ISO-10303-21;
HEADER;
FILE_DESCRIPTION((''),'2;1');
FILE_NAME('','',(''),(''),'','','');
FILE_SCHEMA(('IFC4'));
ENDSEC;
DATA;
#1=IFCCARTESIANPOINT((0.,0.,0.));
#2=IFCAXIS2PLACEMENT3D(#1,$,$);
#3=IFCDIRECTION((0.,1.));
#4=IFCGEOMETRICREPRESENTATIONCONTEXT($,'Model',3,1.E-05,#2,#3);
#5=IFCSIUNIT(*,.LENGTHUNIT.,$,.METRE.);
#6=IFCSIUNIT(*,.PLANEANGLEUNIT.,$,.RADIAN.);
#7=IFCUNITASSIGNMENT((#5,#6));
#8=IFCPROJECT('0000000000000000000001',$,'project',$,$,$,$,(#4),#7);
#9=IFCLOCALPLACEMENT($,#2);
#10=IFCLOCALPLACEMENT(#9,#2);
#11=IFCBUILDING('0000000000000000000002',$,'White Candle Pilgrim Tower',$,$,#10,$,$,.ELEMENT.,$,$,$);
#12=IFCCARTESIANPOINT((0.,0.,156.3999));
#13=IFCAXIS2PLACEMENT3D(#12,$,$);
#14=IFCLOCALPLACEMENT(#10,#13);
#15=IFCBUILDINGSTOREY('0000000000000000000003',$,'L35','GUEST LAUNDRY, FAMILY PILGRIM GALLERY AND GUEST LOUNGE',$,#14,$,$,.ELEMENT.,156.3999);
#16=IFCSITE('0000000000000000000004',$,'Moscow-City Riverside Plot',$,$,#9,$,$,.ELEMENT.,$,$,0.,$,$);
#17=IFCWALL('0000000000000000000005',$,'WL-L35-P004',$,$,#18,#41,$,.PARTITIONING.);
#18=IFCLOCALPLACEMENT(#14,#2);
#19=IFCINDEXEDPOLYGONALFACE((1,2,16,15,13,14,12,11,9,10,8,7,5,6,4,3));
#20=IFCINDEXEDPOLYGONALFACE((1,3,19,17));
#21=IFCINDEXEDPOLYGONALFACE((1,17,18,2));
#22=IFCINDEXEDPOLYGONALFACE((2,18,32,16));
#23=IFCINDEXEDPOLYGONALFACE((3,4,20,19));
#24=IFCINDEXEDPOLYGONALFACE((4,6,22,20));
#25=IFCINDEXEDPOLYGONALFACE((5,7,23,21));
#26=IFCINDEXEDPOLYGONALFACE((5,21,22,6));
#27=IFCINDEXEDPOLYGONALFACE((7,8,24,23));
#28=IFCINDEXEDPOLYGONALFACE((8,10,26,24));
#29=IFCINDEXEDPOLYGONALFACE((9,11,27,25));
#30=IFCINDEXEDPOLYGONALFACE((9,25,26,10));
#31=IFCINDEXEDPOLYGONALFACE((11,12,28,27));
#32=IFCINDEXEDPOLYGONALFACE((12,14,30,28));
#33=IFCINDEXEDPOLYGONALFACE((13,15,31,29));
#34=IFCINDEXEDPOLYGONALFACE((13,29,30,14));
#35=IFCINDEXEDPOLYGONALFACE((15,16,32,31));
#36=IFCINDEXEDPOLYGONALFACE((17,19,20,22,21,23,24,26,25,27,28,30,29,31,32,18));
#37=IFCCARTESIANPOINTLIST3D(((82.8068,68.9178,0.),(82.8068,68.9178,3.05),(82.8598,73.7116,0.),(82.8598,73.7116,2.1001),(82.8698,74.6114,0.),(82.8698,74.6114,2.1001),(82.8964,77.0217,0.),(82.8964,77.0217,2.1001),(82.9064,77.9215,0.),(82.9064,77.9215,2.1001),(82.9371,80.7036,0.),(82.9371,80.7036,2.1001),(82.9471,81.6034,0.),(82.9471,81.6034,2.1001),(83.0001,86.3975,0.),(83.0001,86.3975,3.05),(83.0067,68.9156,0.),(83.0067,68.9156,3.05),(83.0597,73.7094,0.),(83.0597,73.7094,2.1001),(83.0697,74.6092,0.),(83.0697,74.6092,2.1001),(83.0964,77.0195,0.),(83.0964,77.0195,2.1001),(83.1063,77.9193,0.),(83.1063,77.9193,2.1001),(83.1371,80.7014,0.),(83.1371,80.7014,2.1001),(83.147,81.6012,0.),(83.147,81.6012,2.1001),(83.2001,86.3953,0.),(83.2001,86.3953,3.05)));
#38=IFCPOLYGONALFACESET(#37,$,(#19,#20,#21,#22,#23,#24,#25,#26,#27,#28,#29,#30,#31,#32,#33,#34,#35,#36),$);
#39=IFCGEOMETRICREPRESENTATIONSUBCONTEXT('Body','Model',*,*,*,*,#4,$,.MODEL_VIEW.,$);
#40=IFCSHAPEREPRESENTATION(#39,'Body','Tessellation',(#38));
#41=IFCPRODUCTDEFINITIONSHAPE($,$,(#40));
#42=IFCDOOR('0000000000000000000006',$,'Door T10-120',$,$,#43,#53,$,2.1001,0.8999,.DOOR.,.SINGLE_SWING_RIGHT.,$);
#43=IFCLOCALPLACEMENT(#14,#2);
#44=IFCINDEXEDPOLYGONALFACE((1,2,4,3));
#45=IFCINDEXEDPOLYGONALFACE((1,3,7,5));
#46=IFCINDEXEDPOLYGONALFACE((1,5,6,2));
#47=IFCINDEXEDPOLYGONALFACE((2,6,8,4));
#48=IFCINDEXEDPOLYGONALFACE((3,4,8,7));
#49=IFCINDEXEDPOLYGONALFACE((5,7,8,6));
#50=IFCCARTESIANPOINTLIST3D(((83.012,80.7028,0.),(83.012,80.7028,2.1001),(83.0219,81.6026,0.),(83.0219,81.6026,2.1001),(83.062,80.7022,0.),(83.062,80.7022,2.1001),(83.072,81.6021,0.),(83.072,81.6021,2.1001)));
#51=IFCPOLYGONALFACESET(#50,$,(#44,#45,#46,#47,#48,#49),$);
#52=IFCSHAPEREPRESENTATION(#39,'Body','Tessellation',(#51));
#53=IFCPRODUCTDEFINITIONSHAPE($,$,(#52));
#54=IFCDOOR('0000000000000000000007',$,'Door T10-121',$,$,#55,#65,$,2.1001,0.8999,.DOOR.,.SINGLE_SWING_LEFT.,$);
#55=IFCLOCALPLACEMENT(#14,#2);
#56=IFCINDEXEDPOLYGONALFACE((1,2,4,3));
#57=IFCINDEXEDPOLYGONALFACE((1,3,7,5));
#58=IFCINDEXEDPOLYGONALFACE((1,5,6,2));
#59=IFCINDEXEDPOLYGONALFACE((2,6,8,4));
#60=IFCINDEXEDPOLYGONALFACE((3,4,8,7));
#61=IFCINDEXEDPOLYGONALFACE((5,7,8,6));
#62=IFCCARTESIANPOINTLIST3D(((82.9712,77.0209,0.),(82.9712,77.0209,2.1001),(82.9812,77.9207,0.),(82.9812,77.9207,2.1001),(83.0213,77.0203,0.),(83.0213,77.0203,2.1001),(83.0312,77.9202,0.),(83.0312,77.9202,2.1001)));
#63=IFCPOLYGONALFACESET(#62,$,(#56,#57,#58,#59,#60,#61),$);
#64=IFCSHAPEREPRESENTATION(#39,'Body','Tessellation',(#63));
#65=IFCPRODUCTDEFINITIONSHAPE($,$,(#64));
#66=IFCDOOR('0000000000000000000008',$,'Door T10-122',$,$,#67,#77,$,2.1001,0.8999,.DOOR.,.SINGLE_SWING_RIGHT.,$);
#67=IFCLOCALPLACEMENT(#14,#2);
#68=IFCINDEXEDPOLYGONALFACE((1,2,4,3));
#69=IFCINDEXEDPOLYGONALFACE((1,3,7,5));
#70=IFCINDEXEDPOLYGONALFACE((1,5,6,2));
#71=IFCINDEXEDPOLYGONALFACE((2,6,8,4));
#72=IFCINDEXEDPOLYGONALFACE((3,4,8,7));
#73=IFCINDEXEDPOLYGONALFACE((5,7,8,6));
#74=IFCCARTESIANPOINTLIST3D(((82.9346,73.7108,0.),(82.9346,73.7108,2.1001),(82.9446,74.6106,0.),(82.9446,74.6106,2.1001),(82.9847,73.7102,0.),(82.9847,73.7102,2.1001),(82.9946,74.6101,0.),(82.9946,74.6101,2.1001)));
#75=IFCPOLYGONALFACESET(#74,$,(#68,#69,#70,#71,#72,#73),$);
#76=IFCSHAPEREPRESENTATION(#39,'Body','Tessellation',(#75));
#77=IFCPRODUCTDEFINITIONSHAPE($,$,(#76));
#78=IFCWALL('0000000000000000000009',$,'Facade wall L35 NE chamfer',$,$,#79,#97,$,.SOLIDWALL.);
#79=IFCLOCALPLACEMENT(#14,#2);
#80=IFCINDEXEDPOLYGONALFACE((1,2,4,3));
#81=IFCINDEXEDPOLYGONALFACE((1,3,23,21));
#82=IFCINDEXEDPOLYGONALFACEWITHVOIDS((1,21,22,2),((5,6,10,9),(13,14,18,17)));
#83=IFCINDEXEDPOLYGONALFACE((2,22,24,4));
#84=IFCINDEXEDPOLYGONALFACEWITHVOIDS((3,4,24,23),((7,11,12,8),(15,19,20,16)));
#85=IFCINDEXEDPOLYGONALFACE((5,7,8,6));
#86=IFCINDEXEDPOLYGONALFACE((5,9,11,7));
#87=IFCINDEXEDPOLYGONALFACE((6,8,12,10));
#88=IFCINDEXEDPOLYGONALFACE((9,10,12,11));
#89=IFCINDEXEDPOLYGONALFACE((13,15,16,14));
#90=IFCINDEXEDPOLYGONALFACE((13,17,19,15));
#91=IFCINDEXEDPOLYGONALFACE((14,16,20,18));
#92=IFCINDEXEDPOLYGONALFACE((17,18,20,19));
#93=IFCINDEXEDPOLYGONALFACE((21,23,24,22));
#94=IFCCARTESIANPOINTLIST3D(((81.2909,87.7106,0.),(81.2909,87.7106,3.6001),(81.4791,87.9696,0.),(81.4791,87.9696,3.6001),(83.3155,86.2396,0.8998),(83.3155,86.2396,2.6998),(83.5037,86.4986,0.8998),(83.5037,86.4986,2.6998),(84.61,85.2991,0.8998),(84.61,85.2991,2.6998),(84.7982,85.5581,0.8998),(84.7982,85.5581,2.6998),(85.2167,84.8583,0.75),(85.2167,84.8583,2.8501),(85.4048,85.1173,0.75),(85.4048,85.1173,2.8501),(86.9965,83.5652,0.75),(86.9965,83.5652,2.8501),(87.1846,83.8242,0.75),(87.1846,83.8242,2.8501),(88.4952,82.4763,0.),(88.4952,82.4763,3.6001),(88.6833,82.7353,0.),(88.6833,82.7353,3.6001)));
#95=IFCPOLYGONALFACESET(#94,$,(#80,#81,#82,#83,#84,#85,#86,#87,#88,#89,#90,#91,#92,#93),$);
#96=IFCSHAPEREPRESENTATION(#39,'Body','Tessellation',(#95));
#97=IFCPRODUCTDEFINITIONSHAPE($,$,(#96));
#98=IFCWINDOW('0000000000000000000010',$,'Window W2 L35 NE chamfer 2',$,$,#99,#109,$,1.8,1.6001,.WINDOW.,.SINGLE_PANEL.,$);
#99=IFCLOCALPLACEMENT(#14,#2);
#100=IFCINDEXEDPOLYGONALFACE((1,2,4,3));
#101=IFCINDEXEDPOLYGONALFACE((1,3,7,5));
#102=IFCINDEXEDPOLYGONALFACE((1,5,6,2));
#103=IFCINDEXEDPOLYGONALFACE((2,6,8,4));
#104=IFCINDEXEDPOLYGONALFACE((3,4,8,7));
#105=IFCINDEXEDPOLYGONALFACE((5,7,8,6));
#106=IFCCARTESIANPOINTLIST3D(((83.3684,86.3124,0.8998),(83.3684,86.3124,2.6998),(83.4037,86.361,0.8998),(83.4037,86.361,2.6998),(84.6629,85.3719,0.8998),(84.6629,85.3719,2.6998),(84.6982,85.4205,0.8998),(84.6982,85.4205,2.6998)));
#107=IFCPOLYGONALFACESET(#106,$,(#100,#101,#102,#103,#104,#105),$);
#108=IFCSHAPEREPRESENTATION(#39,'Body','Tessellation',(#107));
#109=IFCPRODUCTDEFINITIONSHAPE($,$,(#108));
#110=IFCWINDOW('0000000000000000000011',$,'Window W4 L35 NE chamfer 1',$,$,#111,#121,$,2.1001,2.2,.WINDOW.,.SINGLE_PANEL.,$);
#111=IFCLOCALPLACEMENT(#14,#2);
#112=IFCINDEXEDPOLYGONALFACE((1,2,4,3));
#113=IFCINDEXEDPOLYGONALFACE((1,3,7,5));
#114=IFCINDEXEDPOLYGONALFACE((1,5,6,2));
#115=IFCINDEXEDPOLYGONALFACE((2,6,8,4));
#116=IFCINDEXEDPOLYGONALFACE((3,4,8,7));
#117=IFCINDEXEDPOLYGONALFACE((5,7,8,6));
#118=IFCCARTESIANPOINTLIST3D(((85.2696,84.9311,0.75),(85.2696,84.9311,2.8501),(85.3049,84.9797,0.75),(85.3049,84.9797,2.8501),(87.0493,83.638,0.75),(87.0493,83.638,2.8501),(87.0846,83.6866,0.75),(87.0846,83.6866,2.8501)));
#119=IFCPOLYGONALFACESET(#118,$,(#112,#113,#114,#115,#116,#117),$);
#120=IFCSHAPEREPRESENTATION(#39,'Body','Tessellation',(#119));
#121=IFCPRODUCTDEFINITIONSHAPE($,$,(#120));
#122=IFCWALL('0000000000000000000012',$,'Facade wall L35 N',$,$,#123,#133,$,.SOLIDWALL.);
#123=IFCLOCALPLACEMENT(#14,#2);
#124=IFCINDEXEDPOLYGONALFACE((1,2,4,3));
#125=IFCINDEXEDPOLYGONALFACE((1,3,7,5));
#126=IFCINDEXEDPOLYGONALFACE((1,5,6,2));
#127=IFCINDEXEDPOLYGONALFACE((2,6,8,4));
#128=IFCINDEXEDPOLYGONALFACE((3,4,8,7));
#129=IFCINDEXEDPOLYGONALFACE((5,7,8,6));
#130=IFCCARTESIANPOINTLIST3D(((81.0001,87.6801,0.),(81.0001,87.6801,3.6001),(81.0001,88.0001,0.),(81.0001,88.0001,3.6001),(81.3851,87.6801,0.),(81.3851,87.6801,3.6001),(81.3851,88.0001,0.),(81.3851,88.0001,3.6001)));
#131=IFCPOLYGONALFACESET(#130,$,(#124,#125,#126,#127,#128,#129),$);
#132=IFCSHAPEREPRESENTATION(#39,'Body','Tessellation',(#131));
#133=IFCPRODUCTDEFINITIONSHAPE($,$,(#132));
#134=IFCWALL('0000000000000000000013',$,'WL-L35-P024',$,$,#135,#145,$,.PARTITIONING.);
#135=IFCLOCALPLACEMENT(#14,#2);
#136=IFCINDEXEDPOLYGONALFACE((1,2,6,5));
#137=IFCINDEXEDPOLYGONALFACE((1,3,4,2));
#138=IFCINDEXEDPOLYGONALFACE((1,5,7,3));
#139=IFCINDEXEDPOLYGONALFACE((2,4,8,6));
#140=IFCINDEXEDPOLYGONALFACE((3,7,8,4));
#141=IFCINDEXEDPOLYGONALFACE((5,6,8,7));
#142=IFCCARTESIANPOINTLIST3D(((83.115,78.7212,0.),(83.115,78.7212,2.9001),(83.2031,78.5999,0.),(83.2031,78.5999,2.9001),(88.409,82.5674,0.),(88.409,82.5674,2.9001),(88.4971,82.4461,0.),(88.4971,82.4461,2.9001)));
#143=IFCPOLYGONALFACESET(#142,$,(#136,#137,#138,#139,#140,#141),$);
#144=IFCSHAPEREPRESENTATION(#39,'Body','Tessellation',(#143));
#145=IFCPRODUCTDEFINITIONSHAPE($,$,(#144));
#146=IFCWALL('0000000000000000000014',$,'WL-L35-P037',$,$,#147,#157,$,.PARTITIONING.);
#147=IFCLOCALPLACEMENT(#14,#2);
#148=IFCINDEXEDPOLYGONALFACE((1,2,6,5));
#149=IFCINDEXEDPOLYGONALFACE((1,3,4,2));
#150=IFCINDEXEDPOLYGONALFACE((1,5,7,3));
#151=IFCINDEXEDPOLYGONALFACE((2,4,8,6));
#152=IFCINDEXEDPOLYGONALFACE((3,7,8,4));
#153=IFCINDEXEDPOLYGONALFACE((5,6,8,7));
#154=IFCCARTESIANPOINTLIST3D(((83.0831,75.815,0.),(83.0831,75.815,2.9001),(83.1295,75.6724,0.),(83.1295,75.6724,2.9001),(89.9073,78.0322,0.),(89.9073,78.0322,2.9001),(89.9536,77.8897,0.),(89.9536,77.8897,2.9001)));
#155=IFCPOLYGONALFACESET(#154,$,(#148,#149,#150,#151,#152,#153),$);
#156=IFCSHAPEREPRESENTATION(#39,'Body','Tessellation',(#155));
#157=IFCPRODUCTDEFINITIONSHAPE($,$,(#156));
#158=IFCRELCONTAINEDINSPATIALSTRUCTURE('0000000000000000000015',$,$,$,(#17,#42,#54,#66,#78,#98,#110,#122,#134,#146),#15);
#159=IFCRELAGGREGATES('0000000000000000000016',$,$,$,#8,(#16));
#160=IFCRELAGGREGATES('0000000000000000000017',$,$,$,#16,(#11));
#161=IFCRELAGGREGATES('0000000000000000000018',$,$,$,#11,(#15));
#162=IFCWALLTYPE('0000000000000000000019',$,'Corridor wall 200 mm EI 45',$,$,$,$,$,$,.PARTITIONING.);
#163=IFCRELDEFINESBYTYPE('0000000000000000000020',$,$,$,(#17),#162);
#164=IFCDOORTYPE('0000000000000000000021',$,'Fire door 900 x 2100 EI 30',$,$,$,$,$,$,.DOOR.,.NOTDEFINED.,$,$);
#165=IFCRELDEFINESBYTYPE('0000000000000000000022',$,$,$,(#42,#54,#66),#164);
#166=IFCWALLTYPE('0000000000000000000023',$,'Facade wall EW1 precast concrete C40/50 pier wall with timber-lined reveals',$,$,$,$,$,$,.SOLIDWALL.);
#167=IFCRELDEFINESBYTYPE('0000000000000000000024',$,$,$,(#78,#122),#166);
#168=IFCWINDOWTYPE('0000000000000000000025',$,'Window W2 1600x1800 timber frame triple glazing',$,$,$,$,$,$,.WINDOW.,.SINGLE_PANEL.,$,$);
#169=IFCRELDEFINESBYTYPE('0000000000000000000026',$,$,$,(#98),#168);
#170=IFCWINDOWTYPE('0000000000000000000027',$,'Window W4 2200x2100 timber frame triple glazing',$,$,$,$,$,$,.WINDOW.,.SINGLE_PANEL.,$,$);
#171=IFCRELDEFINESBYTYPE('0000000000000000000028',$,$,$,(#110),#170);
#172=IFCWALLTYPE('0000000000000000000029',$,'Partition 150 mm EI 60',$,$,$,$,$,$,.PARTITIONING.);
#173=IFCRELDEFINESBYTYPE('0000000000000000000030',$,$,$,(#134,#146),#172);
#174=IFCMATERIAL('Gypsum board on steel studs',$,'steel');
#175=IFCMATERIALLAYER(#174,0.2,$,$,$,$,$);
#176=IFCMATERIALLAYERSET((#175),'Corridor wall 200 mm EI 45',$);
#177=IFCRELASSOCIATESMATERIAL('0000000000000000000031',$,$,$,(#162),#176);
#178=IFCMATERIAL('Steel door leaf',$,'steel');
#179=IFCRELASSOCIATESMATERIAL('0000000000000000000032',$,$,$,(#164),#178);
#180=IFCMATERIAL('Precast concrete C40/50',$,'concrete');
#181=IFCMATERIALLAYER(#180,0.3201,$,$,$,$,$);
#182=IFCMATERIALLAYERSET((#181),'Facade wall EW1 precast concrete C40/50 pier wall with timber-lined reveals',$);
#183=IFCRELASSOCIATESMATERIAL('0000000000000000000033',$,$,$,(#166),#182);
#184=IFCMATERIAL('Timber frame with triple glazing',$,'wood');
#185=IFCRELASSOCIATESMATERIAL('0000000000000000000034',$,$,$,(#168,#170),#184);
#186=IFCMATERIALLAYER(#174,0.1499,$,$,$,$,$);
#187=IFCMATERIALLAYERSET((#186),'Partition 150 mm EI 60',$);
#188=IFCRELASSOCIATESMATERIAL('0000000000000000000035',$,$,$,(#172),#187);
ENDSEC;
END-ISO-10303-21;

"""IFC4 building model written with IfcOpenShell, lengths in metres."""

from ifc_helpers import new_model, si_unit, direction, frame, frame_2d, origin, place, context, subcontext, project, spatial, rectangle, extrude, material, layer, layer_set, type_object, element, fill, save


model = new_model("IFC4")

# Units and contexts
model_context = context("Model", 3, precision=1e-05, world=origin(), true_north=direction((0.0, 1.0)))
body_context = subcontext(model_context, "Body", "Model", "MODEL_VIEW")
ifc_project = project(units=[si_unit("LENGTHUNIT", "METRE"), si_unit("PLANEANGLEUNIT", "RADIAN")], contexts=[model_context])

# Site, building, storey
site_placement = place(None, origin())
site = spatial("IfcSite", under=ifc_project, at=site_placement, Name="Moscow-City Riverside Plot", CompositionType="ELEMENT", RefElevation=0.0)
building_placement = place(site_placement, origin())
building = spatial("IfcBuilding", under=site, at=building_placement, Name="White Candle Pilgrim Tower", CompositionType="ELEMENT")
storey_placement = place(building_placement, frame((0.0, 0.0, 156.3999)))
storey = spatial("IfcBuildingStorey", under=building, at=storey_placement, Name="L35", Description="GUEST LAUNDRY, FAMILY PILGRIM GALLERY AND GUEST LOUNGE", CompositionType="ELEMENT", Elevation=156.3999)

# Shared definitions
ifc_material_1 = material(Name="Steel door leaf", Category="steel")

# Wall, openings, doors
ifc_material_2 = material(Name="Gypsum board on steel studs", Category="steel")
ifc_layer_1 = layer(ifc_material_2, 0.2)
ifc_layer_set_1 = layer_set([ifc_layer_1], Name="Corridor wall 200 mm EI 45")
wall_type_1 = type_object("IfcWallType", Name="Corridor wall 200 mm EI 45", PredefinedType="PARTITIONING", material=ifc_layer_set_1)
wall_1_placement = place(storey_placement, frame((83.1001, 86.3962, 0.0), z_axis=(0.0, 0.0, 1.0), x_axis=(-0.011061, -0.999939, 0.0)))
wall_1 = element("IfcWall", 1, at=wall_1_placement, inside=storey, type_object=wall_type_1, Name="WL-L35-P004", PredefinedType="PARTITIONING", context=body_context, shape_type="SweptSolid", body=[
    extrude(rectangle(XDim=17.4807, YDim=0.2, at=frame_2d((8.7402, 0.0))), origin(), (0.0, 0.0, 1.0), 3.05),
])
opening_1_placement = place(wall_1_placement, frame((4.7942, 0.0, 0.0)))
opening_1 = element("IfcOpeningElement", 2, at=opening_1_placement, cuts=wall_1, PredefinedType="OPENING", context=body_context, shape_type="SweptSolid", body=[
    extrude(rectangle(XDim=0.8999, YDim=2.1001, at=frame_2d((0.45, 1.05))), frame((0.0, 0.1099, 0.0), z_axis=(0.0, -1.0, 0.0), x_axis=(1.0, 0.0, 0.0)), (0.0, 0.0, 1.0), 0.22),
])
opening_2_placement = place(wall_1_placement, frame((8.4763, 0.0, 0.0)))
opening_2 = element("IfcOpeningElement", 3, at=opening_2_placement, cuts=wall_1, PredefinedType="OPENING", context=body_context, shape_type="SweptSolid", body=[
    extrude(rectangle(XDim=0.8999, YDim=2.1001, at=frame_2d((0.45, 1.05))), frame((0.0, 0.1099, 0.0), z_axis=(0.0, -1.0, 0.0), x_axis=(1.0, 0.0, 0.0)), (0.0, 0.0, 1.0), 0.22),
])
opening_3_placement = place(wall_1_placement, frame((11.7866, 0.0, 0.0)))
opening_3 = element("IfcOpeningElement", 4, at=opening_3_placement, cuts=wall_1, PredefinedType="OPENING", context=body_context, shape_type="SweptSolid", body=[
    extrude(rectangle(XDim=0.8999, YDim=2.1001, at=frame_2d((0.45, 1.05))), frame((0.0, 0.1099, 0.0), z_axis=(0.0, -1.0, 0.0), x_axis=(1.0, 0.0, 0.0)), (0.0, 0.0, 1.0), 0.22),
])
door_type_1 = type_object("IfcDoorType", Name="Fire door 900 x 2100 EI 30", OperationType="NOTDEFINED", PredefinedType="DOOR", material=ifc_material_1)
door_1_placement = place(opening_1_placement, origin())
door_1 = element("IfcDoor", 5, at=door_1_placement, inside=storey, type_object=door_type_1, Name="Door T10-120", OperationType="SINGLE_SWING_RIGHT", OverallHeight=2.1001, OverallWidth=0.8999, PredefinedType="DOOR", context=body_context, shape_type="SweptSolid", body=[
    extrude(rectangle(XDim=0.8999, YDim=2.1001, at=frame_2d((0.45, 1.05))), frame((0.0, 0.0249, 0.0), z_axis=(0.0, -1.0, 0.0), x_axis=(1.0, 0.0, 0.0)), (0.0, 0.0, 1.0), 0.05),
])
fill(opening_1, door_1)
door_2_placement = place(opening_2_placement, origin())
door_2 = element("IfcDoor", 6, at=door_2_placement, inside=storey, type_object=door_type_1, Name="Door T10-121", OperationType="SINGLE_SWING_LEFT", OverallHeight=2.1001, OverallWidth=0.8999, PredefinedType="DOOR", context=body_context, shape_type="SweptSolid", body=[
    extrude(rectangle(XDim=0.8999, YDim=2.1001, at=frame_2d((0.45, 1.05))), frame((0.0, 0.0249, 0.0), z_axis=(0.0, -1.0, 0.0), x_axis=(1.0, 0.0, 0.0)), (0.0, 0.0, 1.0), 0.05),
])
fill(opening_2, door_2)
door_3_placement = place(opening_3_placement, origin())
door_3 = element("IfcDoor", 7, at=door_3_placement, inside=storey, type_object=door_type_1, Name="Door T10-122", OperationType="SINGLE_SWING_RIGHT", OverallHeight=2.1001, OverallWidth=0.8999, PredefinedType="DOOR", context=body_context, shape_type="SweptSolid", body=[
    extrude(rectangle(XDim=0.8999, YDim=2.1001, at=frame_2d((0.45, 1.05))), frame((0.0, 0.0249, 0.0), z_axis=(0.0, -1.0, 0.0), x_axis=(1.0, 0.0, 0.0)), (0.0, 0.0, 1.0), 0.05),
])
fill(opening_3, door_3)

# Wall, openings, windows
ifc_material_3 = material(Name="Precast concrete C40/50", Category="concrete")
ifc_layer_2 = layer(ifc_material_3, 0.3201)
ifc_layer_set_2 = layer_set([ifc_layer_2], Name="Facade wall EW1 precast concrete C40/50 pier wall with timber-lined reveals")
wall_type_2 = type_object("IfcWallType", Name="Facade wall EW1 precast concrete C40/50 pier wall with timber-lined reveals", PredefinedType="SOLIDWALL", material=ifc_layer_set_2)
wall_2_placement = place(storey_placement, frame((88.5894, 82.6057, 0.0), z_axis=(0.0, 0.0, 1.0), x_axis=(-0.809011, 0.587793, 0.0)))
wall_2 = element("IfcWall", 8, at=wall_2_placement, inside=storey, type_object=wall_type_2, Name="Facade wall L35 NE chamfer", PredefinedType="SOLIDWALL", context=body_context, shape_type="SweptSolid", body=[
    extrude(rectangle(XDim=8.905, YDim=0.3201, at=frame_2d((4.4526, 0.0))), origin(), (0.0, 0.0, 1.0), 3.6001),
])
opening_4_placement = place(wall_2_placement, frame((1.8525, 0.0, 0.75)))
opening_4 = element("IfcOpeningElement", 9, at=opening_4_placement, cuts=wall_2, PredefinedType="OPENING", context=body_context, shape_type="SweptSolid", body=[
    extrude(rectangle(XDim=2.2, YDim=2.1001, at=frame_2d((1.1001, 1.05))), frame((0.0, 0.1699, 0.0), z_axis=(0.0, -1.0, 0.0), x_axis=(1.0, 0.0, 0.0)), (0.0, 0.0, 1.0), 0.3401),
])
opening_5_placement = place(wall_2_placement, frame((4.8025, 0.0, 0.8999)))
opening_5 = element("IfcOpeningElement", 10, at=opening_5_placement, cuts=wall_2, PredefinedType="OPENING", context=body_context, shape_type="SweptSolid", body=[
    extrude(rectangle(XDim=1.6001, YDim=1.8, at=frame_2d((0.8, 0.8999))), frame((0.0, 0.1699, 0.0), z_axis=(0.0, -1.0, 0.0), x_axis=(1.0, 0.0, 0.0)), (0.0, 0.0, 1.0), 0.3401),
])
ifc_material_4 = material(Name="Timber frame with triple glazing", Category="wood")
window_type_1 = type_object("IfcWindowType", Name="Window W2 1600x1800 timber frame triple glazing", PartitioningType="SINGLE_PANEL", PredefinedType="WINDOW", material=ifc_material_4)
window_1_placement = place(opening_5_placement, origin())
window_1 = element("IfcWindow", 11, at=window_1_placement, inside=storey, type_object=window_type_1, Name="Window W2 L35 NE chamfer 2", OverallHeight=1.8, OverallWidth=1.6001, PartitioningType="SINGLE_PANEL", PredefinedType="WINDOW", context=body_context, shape_type="SweptSolid", body=[
    extrude(rectangle(XDim=1.6001, YDim=1.8, at=frame_2d((0.8, 0.8999))), frame((0.0, 0.0701, 0.0), z_axis=(0.0, -1.0, 0.0), x_axis=(1.0, 0.0, 0.0)), (0.0, 0.0, 1.0), 0.0601),
])
fill(opening_5, window_1)
window_type_2 = type_object("IfcWindowType", Name="Window W4 2200x2100 timber frame triple glazing", PartitioningType="SINGLE_PANEL", PredefinedType="WINDOW", material=ifc_material_4)
window_2_placement = place(opening_4_placement, origin())
window_2 = element("IfcWindow", 12, at=window_2_placement, inside=storey, type_object=window_type_2, Name="Window W4 L35 NE chamfer 1", OverallHeight=2.1001, OverallWidth=2.2, PartitioningType="SINGLE_PANEL", PredefinedType="WINDOW", context=body_context, shape_type="SweptSolid", body=[
    extrude(rectangle(XDim=2.2, YDim=2.1001, at=frame_2d((1.1001, 1.05))), frame((0.0, 0.0701, 0.0), z_axis=(0.0, -1.0, 0.0), x_axis=(1.0, 0.0, 0.0)), (0.0, 0.0, 1.0), 0.0601),
])
fill(opening_4, window_2)

# Walls
wall_3_placement = place(storey_placement, frame((81.385, 87.8401, 0.0), z_axis=(0.0, 0.0, 1.0), x_axis=(-1.0, 0.0, 0.0)))
element("IfcWall", 13, at=wall_3_placement, inside=storey, type_object=wall_type_2, Name="Facade wall L35 N", PredefinedType="SOLIDWALL", context=body_context, shape_type="SweptSolid", body=[
    extrude(rectangle(XDim=0.385, YDim=0.3201, at=frame_2d((0.1924, 0.0))), origin(), (0.0, 0.0, 1.0), 3.6001),
])
ifc_layer_3 = layer(ifc_material_2, 0.1499)
ifc_layer_set_3 = layer_set([ifc_layer_3], Name="Partition 150 mm EI 60")
wall_type_3 = type_object("IfcWallType", Name="Partition 150 mm EI 60", PredefinedType="PARTITIONING", material=ifc_layer_set_3)
wall_4_placement = place(storey_placement, frame((88.4531, 82.5068, 0.0), z_axis=(0.0, 0.0, 1.0), x_axis=(-0.809023, -0.587777, 0.0)))
element("IfcWall", 14, at=wall_4_placement, inside=storey, type_object=wall_type_3, Name="WL-L35-P024", PredefinedType="PARTITIONING", context=body_context, shape_type="SweptSolid", body=[
    extrude(rectangle(XDim=6.5437, YDim=0.1499, at=frame_2d((3.272, 0.0))), origin(), (0.0, 0.0, 1.0), 2.9001),
])
wall_5_placement = place(storey_placement, frame((89.9304, 77.9609, 0.0), z_axis=(0.0, 0.0, 1.0), x_axis=(-0.951058, -0.309012, 0.0)))
element("IfcWall", 15, at=wall_5_placement, inside=storey, type_object=wall_type_3, Name="WL-L35-P037", PredefinedType="PARTITIONING", context=body_context, shape_type="SweptSolid", body=[
    extrude(rectangle(XDim=7.1753, YDim=0.1499, at=frame_2d((3.5876, 0.0))), origin(), (0.0, 0.0, 1.0), 2.9001),
])

save(model, "model.ifc")
